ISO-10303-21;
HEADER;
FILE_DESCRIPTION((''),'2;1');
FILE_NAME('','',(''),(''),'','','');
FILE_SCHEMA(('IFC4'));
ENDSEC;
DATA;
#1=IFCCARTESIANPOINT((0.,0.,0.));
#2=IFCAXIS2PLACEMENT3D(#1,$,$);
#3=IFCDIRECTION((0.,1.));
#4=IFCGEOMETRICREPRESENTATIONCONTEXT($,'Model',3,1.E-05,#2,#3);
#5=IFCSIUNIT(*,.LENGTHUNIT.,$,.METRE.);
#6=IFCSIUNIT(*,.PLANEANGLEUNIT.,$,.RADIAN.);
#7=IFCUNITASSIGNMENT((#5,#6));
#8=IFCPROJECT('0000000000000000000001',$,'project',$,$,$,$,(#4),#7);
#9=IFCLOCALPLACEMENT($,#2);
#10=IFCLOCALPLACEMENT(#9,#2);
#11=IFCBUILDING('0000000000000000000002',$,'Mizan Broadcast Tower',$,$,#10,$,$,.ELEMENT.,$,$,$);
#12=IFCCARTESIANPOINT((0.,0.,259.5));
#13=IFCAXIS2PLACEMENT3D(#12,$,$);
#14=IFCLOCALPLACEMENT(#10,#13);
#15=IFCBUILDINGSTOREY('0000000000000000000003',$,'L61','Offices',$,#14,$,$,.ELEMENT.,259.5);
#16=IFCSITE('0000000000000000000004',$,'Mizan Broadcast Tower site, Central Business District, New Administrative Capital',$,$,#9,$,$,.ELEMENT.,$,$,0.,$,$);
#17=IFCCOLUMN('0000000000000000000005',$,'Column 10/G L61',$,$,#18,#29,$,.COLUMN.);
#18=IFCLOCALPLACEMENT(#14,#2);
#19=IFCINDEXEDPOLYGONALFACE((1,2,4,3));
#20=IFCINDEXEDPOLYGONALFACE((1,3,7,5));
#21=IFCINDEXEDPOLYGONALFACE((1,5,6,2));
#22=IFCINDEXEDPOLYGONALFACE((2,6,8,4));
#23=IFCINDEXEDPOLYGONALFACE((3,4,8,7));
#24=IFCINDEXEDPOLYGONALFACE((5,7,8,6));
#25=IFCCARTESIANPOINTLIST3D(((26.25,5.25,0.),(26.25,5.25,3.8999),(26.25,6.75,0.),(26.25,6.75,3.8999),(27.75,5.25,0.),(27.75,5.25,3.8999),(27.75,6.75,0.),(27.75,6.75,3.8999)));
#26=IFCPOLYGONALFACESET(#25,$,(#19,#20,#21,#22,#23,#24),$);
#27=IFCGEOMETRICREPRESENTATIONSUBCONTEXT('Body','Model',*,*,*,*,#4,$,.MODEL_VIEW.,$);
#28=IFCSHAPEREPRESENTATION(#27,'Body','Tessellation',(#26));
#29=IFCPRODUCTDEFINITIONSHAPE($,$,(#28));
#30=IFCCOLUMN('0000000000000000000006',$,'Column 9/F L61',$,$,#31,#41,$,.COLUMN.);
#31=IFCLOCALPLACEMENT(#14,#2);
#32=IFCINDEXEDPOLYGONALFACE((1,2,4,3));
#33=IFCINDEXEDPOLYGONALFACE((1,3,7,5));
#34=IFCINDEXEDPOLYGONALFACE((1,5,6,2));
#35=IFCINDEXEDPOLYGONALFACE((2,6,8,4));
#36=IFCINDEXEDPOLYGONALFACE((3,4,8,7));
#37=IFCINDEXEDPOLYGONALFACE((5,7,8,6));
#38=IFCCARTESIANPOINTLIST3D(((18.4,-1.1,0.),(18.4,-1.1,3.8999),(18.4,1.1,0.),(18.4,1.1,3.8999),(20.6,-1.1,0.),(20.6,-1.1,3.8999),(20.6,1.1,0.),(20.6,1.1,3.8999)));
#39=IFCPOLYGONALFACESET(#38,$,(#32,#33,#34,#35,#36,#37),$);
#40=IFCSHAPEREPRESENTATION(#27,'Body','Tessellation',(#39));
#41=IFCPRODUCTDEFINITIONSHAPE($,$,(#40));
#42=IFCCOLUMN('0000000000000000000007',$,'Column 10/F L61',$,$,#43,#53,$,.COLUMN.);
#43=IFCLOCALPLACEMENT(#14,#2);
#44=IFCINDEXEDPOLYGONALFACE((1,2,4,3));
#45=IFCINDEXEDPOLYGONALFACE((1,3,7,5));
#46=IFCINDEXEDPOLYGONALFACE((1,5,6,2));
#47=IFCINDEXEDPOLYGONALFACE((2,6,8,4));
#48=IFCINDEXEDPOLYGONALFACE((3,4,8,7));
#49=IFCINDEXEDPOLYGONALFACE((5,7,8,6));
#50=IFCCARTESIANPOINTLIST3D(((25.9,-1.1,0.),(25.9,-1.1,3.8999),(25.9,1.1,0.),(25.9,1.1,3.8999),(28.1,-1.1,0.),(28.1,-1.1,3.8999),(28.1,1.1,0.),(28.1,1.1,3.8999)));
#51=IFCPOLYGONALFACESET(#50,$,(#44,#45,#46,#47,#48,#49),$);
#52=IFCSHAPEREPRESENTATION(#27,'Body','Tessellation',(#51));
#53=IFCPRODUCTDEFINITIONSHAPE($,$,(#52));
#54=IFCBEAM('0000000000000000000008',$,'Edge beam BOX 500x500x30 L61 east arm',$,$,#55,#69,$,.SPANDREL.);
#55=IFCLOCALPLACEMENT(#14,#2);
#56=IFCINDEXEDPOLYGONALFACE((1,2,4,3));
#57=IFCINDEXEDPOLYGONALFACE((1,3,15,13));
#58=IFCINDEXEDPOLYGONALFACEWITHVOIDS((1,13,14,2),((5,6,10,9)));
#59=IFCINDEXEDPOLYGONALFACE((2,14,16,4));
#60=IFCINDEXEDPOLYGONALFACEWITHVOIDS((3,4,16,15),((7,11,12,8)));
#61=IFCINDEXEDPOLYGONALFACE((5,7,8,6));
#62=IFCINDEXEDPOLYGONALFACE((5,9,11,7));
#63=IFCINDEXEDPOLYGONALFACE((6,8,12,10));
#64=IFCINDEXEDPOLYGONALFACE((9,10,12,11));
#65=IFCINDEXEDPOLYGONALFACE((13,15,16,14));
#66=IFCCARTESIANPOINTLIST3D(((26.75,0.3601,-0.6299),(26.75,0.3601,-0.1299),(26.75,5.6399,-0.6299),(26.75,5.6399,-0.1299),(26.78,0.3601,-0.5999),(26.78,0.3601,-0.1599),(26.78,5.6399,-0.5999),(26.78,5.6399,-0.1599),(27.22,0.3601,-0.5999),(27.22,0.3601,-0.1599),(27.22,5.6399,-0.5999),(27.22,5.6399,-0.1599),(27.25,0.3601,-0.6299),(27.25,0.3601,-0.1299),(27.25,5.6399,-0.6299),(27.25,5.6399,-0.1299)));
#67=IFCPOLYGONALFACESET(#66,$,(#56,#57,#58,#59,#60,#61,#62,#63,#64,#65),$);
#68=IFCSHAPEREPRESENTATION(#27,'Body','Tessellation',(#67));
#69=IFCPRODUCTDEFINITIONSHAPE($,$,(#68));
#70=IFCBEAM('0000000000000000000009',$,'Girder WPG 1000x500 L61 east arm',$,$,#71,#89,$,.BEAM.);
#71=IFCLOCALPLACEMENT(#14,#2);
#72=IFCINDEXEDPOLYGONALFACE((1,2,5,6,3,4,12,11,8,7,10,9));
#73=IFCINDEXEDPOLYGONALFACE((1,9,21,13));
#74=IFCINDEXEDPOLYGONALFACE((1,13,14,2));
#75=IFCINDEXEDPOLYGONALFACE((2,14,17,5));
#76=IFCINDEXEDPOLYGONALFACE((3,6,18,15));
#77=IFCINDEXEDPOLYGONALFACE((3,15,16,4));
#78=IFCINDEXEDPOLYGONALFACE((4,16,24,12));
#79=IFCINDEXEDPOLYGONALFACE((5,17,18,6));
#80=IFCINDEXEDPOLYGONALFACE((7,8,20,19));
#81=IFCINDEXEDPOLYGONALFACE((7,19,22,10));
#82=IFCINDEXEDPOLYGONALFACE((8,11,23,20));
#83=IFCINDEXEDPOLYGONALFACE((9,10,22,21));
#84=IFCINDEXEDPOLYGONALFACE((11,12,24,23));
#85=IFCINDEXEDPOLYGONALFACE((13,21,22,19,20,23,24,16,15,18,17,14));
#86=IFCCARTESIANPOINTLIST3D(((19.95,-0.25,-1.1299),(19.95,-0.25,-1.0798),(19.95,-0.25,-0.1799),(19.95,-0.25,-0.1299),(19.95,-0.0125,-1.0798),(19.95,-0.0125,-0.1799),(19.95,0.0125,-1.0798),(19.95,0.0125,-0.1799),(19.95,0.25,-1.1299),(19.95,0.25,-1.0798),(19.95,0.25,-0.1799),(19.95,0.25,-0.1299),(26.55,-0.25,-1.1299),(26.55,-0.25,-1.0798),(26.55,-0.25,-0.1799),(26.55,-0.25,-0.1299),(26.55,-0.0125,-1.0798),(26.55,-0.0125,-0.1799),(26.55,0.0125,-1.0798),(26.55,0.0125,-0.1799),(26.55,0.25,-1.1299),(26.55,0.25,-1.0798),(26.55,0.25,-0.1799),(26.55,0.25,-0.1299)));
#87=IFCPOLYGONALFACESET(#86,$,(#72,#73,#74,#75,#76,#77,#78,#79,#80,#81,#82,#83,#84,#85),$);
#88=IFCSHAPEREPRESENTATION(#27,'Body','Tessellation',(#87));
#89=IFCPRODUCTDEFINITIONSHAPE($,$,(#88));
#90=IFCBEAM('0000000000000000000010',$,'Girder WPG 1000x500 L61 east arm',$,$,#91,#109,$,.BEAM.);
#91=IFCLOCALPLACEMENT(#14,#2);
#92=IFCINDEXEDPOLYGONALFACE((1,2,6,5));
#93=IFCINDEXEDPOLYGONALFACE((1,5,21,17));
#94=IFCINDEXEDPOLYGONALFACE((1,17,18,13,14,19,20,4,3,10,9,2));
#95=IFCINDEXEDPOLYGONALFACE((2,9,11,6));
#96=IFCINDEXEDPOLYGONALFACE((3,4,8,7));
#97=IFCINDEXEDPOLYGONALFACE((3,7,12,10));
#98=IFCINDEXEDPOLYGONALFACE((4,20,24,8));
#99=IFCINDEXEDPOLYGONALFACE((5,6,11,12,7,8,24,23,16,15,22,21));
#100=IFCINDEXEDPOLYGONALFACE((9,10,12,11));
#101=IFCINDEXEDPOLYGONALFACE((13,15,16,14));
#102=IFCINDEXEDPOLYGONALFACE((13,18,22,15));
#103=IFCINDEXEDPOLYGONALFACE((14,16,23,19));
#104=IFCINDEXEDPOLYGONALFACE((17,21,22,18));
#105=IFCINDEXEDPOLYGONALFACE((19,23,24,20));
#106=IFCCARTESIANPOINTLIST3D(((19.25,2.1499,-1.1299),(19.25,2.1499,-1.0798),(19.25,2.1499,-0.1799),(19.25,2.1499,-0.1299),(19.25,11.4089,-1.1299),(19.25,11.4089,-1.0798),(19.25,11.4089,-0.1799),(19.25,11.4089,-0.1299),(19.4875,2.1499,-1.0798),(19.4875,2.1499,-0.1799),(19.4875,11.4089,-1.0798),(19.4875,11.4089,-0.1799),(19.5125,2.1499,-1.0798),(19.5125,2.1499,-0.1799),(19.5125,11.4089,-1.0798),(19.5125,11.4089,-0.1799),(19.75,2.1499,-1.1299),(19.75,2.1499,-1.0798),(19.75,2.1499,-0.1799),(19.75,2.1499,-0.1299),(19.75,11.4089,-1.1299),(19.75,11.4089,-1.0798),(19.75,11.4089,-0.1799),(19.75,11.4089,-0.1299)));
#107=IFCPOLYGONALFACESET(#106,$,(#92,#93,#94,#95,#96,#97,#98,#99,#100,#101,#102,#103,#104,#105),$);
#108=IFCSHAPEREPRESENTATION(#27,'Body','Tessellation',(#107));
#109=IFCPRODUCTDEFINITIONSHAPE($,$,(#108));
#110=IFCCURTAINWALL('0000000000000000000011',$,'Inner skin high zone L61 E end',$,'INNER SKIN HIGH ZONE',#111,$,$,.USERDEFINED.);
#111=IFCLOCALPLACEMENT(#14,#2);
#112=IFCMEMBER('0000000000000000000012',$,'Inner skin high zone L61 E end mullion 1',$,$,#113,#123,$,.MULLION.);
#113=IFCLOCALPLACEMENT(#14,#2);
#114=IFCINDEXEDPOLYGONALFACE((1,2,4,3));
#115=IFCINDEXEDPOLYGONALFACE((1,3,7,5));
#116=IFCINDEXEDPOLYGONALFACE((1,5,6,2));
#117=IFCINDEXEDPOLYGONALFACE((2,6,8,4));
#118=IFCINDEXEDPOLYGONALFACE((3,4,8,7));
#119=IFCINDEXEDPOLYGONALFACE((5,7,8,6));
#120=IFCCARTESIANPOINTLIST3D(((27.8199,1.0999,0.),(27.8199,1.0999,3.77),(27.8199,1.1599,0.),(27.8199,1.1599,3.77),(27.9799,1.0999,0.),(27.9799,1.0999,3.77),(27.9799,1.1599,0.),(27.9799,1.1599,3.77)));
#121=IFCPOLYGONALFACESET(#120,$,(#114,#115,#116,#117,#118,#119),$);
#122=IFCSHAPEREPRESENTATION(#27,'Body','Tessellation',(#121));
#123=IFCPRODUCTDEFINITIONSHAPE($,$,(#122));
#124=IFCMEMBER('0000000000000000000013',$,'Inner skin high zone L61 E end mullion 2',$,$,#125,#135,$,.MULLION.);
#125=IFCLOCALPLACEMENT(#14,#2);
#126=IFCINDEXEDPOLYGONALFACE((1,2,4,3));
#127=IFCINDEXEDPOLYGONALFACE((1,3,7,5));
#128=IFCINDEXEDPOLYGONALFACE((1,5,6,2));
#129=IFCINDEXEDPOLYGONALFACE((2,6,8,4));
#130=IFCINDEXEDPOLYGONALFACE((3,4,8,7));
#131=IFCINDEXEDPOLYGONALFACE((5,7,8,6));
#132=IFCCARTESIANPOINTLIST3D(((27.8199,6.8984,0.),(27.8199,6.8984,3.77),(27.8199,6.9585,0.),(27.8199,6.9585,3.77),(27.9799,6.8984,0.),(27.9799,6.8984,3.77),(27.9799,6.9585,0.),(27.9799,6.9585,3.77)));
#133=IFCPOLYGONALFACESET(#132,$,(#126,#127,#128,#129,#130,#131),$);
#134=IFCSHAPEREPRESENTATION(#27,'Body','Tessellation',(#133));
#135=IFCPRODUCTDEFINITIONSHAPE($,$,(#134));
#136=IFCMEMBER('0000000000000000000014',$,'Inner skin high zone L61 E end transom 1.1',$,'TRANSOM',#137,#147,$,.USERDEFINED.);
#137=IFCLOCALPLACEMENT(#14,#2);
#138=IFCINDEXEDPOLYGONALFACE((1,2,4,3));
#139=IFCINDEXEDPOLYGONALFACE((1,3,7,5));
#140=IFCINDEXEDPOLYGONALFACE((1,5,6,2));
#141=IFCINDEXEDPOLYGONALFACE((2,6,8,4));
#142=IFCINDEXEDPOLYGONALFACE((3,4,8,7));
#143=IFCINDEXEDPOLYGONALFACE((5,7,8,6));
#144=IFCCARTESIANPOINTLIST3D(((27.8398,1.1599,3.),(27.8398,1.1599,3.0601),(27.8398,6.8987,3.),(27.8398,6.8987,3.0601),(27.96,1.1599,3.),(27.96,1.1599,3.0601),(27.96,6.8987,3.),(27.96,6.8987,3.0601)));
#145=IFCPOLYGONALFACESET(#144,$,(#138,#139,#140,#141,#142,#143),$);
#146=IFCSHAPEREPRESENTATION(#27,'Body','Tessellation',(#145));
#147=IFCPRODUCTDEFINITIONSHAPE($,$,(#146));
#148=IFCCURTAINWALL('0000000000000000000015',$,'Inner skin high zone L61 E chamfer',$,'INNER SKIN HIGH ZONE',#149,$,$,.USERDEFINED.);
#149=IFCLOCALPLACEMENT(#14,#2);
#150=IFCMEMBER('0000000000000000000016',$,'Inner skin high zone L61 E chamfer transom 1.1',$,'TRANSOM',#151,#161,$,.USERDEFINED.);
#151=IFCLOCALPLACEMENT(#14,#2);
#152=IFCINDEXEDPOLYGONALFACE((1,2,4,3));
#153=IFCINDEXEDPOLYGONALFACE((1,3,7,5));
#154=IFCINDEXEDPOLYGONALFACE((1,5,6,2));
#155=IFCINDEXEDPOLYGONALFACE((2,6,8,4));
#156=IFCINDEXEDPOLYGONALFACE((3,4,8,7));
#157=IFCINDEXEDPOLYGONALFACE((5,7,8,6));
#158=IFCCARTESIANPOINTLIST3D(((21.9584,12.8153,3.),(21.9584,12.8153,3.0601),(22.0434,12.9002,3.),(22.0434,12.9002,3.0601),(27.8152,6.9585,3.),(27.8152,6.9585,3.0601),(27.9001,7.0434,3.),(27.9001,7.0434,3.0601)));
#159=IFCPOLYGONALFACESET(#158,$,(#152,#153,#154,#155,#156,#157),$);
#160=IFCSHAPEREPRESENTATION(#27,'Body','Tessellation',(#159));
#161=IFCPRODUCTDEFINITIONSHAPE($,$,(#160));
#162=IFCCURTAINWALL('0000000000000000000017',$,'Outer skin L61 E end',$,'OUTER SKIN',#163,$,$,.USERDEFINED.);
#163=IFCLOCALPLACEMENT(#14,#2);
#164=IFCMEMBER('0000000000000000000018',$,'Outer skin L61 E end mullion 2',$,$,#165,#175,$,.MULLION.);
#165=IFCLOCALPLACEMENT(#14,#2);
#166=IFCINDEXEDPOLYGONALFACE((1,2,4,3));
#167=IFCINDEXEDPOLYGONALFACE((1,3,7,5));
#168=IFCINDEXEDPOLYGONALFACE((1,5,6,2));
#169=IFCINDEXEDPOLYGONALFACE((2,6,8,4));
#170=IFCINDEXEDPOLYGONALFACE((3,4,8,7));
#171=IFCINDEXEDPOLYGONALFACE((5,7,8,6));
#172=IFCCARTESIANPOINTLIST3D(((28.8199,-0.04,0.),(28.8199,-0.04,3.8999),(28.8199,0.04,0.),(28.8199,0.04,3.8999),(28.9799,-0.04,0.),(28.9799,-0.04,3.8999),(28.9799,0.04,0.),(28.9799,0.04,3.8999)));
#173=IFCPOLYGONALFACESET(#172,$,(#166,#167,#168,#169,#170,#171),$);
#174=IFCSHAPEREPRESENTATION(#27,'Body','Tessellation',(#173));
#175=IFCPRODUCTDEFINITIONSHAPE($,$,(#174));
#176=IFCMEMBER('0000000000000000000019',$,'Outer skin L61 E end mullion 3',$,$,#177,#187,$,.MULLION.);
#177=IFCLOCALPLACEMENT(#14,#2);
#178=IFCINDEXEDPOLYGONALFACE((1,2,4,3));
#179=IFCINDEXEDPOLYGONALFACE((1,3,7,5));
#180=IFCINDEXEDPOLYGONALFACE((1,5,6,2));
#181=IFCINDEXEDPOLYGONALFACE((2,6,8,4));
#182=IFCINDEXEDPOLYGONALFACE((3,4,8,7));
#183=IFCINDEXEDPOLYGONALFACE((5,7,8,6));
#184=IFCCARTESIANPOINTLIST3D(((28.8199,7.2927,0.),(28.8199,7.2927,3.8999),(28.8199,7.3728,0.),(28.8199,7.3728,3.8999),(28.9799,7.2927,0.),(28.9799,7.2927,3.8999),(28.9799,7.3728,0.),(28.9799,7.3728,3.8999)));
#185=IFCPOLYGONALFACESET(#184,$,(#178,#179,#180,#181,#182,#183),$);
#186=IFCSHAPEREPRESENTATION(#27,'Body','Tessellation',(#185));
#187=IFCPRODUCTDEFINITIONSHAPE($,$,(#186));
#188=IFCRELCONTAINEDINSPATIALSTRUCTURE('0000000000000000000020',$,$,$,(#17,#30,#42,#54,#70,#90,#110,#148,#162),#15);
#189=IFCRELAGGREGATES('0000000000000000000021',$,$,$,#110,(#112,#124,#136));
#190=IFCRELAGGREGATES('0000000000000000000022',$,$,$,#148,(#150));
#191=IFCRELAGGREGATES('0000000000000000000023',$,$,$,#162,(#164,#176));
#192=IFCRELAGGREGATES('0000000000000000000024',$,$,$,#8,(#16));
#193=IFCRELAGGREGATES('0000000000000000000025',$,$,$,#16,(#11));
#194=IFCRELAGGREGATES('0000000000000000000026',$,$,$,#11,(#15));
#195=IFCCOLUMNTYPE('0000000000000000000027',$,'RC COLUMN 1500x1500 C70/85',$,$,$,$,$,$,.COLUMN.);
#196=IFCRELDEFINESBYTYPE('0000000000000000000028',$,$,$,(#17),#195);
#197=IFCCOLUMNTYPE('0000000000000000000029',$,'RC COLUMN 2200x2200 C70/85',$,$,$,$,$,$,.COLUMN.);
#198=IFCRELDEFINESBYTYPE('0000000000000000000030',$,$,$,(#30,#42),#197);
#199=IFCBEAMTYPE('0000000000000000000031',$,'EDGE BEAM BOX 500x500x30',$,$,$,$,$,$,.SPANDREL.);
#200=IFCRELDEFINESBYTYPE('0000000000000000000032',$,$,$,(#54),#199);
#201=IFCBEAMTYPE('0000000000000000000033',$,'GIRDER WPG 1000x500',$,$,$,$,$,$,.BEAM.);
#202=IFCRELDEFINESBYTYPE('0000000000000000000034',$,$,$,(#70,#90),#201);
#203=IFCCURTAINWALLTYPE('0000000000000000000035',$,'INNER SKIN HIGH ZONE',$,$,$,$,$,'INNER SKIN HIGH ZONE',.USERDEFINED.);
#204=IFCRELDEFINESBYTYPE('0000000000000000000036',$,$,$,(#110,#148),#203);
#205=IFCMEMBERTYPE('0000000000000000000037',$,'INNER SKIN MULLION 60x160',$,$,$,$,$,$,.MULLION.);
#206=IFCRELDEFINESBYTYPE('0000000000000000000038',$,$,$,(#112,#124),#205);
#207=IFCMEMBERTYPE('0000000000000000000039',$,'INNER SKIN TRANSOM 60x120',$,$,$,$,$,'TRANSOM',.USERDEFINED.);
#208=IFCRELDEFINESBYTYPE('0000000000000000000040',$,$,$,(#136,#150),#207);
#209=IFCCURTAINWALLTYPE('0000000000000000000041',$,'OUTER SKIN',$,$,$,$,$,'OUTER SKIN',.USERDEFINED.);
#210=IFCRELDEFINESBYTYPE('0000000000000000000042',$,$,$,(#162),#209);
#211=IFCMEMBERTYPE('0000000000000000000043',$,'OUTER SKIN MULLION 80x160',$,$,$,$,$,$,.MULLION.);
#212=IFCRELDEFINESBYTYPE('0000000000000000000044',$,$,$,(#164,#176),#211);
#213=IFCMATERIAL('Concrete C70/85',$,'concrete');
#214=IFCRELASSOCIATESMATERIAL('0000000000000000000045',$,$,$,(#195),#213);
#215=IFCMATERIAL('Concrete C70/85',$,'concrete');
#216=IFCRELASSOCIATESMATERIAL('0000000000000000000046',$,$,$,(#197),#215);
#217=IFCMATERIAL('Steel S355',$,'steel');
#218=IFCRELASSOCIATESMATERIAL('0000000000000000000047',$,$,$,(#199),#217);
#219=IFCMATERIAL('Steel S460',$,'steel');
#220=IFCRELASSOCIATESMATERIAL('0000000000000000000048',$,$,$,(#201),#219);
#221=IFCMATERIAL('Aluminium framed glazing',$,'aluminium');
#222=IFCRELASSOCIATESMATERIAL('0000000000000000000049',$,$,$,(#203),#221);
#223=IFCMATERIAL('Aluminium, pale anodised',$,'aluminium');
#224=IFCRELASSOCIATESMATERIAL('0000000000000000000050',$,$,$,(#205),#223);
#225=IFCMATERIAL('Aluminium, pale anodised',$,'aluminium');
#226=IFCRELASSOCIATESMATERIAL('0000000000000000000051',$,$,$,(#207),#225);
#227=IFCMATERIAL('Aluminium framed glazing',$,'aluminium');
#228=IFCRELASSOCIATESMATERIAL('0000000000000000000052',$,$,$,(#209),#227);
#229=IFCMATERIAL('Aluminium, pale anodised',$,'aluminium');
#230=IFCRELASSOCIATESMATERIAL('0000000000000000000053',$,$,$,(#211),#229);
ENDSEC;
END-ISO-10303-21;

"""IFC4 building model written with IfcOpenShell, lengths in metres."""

from ifc_helpers import new_model, si_unit, direction, frame, origin, origin_2d, place, context, subcontext, project, spatial, rectangle, hollow_rectangle, i_section, extrude, material, material_profile, profile_set, type_object, element, aggregate, save


model = new_model("IFC4")

# Units and contexts
model_context = context("Model", 3, precision=1e-05, world=origin(), true_north=direction((0.0, 1.0)))
body_context = subcontext(model_context, "Body", "Model", "MODEL_VIEW")
ifc_project = project(units=[si_unit("LENGTHUNIT", "METRE"), si_unit("PLANEANGLEUNIT", "RADIAN")], contexts=[model_context])

# Site, building, storey
site_placement = place(None, origin())
site = spatial("IfcSite", under=ifc_project, at=site_placement, Name="Mizan Broadcast Tower site, Central Business District, New Administrative Capital", CompositionType="ELEMENT", RefElevation=0.0)
building_placement = place(site_placement, origin())
building = spatial("IfcBuilding", under=site, at=building_placement, Name="Mizan Broadcast Tower", CompositionType="ELEMENT")
storey_placement = place(building_placement, frame((0.0, 0.0, 259.5)))
storey = spatial("IfcBuildingStorey", under=building, at=storey_placement, Name="L61", Description="Offices", CompositionType="ELEMENT", Elevation=259.5)

# Columns
ifc_material_1 = material(Name="Concrete C70/85", Category="concrete")
ifc_material_profile_1 = material_profile(ifc_material_1, rectangle(XDim=1.5, YDim=1.5, at=origin_2d()), Name="RC 1500x1500")
ifc_profile_set_1 = profile_set([ifc_material_profile_1], Name="Concrete C70/85")
column_type_1 = type_object("IfcColumnType", Name="RC COLUMN 1500x1500 C70/85", PredefinedType="COLUMN", material=ifc_profile_set_1)
column_placement = place(storey_placement, frame((27.0, 6.0, 0.0), z_axis=(0.0, 0.0, 1.0), x_axis=(1.0, 0.0, 0.0)))
element("IfcColumn", 1, at=column_placement, inside=storey, type_object=column_type_1, Name="Column 10/G L61", PredefinedType="COLUMN", context=body_context, shape_type="SweptSolid", body=[
    extrude(rectangle(XDim=1.5, YDim=1.5, at=origin_2d()), origin(), (0.0, 0.0, 1.0), 3.8999),
])
ifc_material_2 = material(Name="Concrete C70/85", Category="concrete")
ifc_material_profile_2 = material_profile(ifc_material_2, rectangle(XDim=2.2, YDim=2.2, at=origin_2d()), Name="RC 2200x2200")
ifc_profile_set_2 = profile_set([ifc_material_profile_2], Name="Concrete C70/85")
column_type_2 = type_object("IfcColumnType", Name="RC COLUMN 2200x2200 C70/85", PredefinedType="COLUMN", material=ifc_profile_set_2)
for number, where, z_axis, x_axis, name in (
    (2, (19.5, 0.0, 0.0), (0.0, 0.0, 1.0), (1.0, 0.0, 0.0), "Column 9/F L61"),
    (3, (27.0, 0.0, 0.0), (0.0, 0.0, 1.0), (1.0, 0.0, 0.0), "Column 10/F L61"),
):
    element("IfcColumn", number, at=place(storey_placement, frame(where, z_axis=z_axis, x_axis=x_axis)), inside=storey, type_object=column_type_2, Name=name, PredefinedType="COLUMN", context=body_context, shape_type="SweptSolid", body=[
        extrude(rectangle(XDim=2.2, YDim=2.2, at=origin_2d()), origin(), (0.0, 0.0, 1.0), 3.8999),
    ])

# Beams
ifc_material_3 = material(Name="Steel S355", Category="steel")
ifc_material_profile_3 = material_profile(ifc_material_3, hollow_rectangle(XDim=0.5, YDim=0.5, WallThickness=0.03, at=origin_2d()), Name="BOX 500x500x30")
ifc_profile_set_3 = profile_set([ifc_material_profile_3], Name="Steel S355")
beam_type_1 = type_object("IfcBeamType", Name="EDGE BEAM BOX 500x500x30", PredefinedType="SPANDREL", material=ifc_profile_set_3)
beam_1_placement = place(storey_placement, frame((27.0, 5.6399, -0.3799), z_axis=(0.0, -1.0, 0.0), x_axis=(1.0, 0.0, 0.0)))
element("IfcBeam", 4, at=beam_1_placement, inside=storey, type_object=beam_type_1, Name="Edge beam BOX 500x500x30 L61 east arm", PredefinedType="SPANDREL", context=body_context, shape_type="SweptSolid", body=[
    extrude(hollow_rectangle(XDim=0.5, YDim=0.5, WallThickness=0.03, at=origin_2d()), origin(), (0.0, 0.0, 1.0), 5.2798),
])
ifc_material_4 = material(Name="Steel S460", Category="steel")
ifc_material_profile_4 = material_profile(ifc_material_4, i_section(OverallWidth=0.5, OverallDepth=1.0, WebThickness=0.0249, FlangeThickness=0.05, at=origin_2d()), Name="WPG 1000x500")
ifc_profile_set_4 = profile_set([ifc_material_profile_4], Name="Steel S460")
beam_type_2 = type_object("IfcBeamType", Name="GIRDER WPG 1000x500", PredefinedType="BEAM", material=ifc_profile_set_4)
beam_2_placement = place(storey_placement, frame((19.95, 0.0, -0.6299), z_axis=(1.0, 0.0, 0.0), x_axis=(0.0, 1.0, 0.0)))
element("IfcBeam", 5, at=beam_2_placement, inside=storey, type_object=beam_type_2, Name="Girder WPG 1000x500 L61 east arm", PredefinedType="BEAM", context=body_context, shape_type="SweptSolid", body=[
    extrude(i_section(OverallWidth=0.5, OverallDepth=1.0, WebThickness=0.0249, FlangeThickness=0.05, at=origin_2d()), origin(), (0.0, 0.0, 1.0), 6.6001),
])
beam_3_placement = place(storey_placement, frame((19.5, 11.4089, -0.6299), z_axis=(0.0, -1.0, 0.0), x_axis=(1.0, 0.0, 0.0)))
element("IfcBeam", 6, at=beam_3_placement, inside=storey, type_object=beam_type_2, Name="Girder WPG 1000x500 L61 east arm", PredefinedType="BEAM", context=body_context, shape_type="SweptSolid", body=[
    extrude(i_section(OverallWidth=0.5, OverallDepth=1.0, WebThickness=0.0249, FlangeThickness=0.05, at=origin_2d()), origin(), (0.0, 0.0, 1.0), 9.259),
])

# Curtain wall, members
ifc_material_5 = material(Name="Aluminium framed glazing", Category="aluminium")
curtain_wall_type_1 = type_object("IfcCurtainWallType", Name="INNER SKIN HIGH ZONE", ElementType="INNER SKIN HIGH ZONE", PredefinedType="USERDEFINED", material=ifc_material_5)
curtain_wall_1_placement = place(storey_placement, origin())
curtain_wall_1 = element("IfcCurtainWall", 7, at=curtain_wall_1_placement, inside=storey, type_object=curtain_wall_type_1, Name="Inner skin high zone L61 E end", ObjectType="INNER SKIN HIGH ZONE", PredefinedType="USERDEFINED")
ifc_material_6 = material(Name="Aluminium, pale anodised", Category="aluminium")
ifc_material_profile_5 = material_profile(ifc_material_6, rectangle(XDim=0.1599, YDim=0.0601, at=origin_2d()), Name="MULLION 160x60")
ifc_profile_set_5 = profile_set([ifc_material_profile_5], Name="Aluminium, pale anodised")
member_type_1 = type_object("IfcMemberType", Name="INNER SKIN MULLION 60x160", PredefinedType="MULLION", material=ifc_profile_set_5)
member_1_placement = place(storey_placement, frame((27.8999, 1.1299, 0.0), z_axis=(0.0, 0.0, 1.0), x_axis=(-1.0, 0.0, 0.0)))
member_1 = element("IfcMember", 8, at=member_1_placement, type_object=member_type_1, Name="Inner skin high zone L61 E end mullion 1", PredefinedType="MULLION", context=body_context, shape_type="SweptSolid", body=[
    extrude(rectangle(XDim=0.1599, YDim=0.0601, at=origin_2d()), origin(), (0.0, 0.0, 1.0), 3.77),
])
member_2_placement = place(storey_placement, frame((27.8999, 6.9285, 0.0), z_axis=(0.0, 0.0, 1.0), x_axis=(-1.0, 0.0, 0.0)))
member_2 = element("IfcMember", 9, at=member_2_placement, type_object=member_type_1, Name="Inner skin high zone L61 E end mullion 2", PredefinedType="MULLION", context=body_context, shape_type="SweptSolid", body=[
    extrude(rectangle(XDim=0.1599, YDim=0.0601, at=origin_2d()), origin(), (0.0, 0.0, 1.0), 3.77),
])
ifc_material_7 = material(Name="Aluminium, pale anodised", Category="aluminium")
ifc_material_profile_6 = material_profile(ifc_material_7, rectangle(XDim=0.1201, YDim=0.0601, at=origin_2d()), Name="TRANSOM 120x60")
ifc_profile_set_6 = profile_set([ifc_material_profile_6], Name="Aluminium, pale anodised")
member_type_2 = type_object("IfcMemberType", Name="INNER SKIN TRANSOM 60x120", ElementType="TRANSOM", PredefinedType="USERDEFINED", material=ifc_profile_set_6)
member_3_placement = place(storey_placement, frame((27.8999, 1.1599, 3.03), z_axis=(0.0, 1.0, 0.0), x_axis=(-1.0, 0.0, 0.0)))
member_3 = element("IfcMember", 10, at=member_3_placement, type_object=member_type_2, Name="Inner skin high zone L61 E end transom 1.1", ObjectType="TRANSOM", PredefinedType="USERDEFINED", context=body_context, shape_type="SweptSolid", body=[
    extrude(rectangle(XDim=0.1201, YDim=0.0601, at=origin_2d()), origin(), (0.0, 0.0, 1.0), 5.7388),
])

# Curtain wall, member
curtain_wall_2_placement = place(storey_placement, origin())
curtain_wall_2 = element("IfcCurtainWall", 11, at=curtain_wall_2_placement, inside=storey, type_object=curtain_wall_type_1, Name="Inner skin high zone L61 E chamfer", ObjectType="INNER SKIN HIGH ZONE", PredefinedType="USERDEFINED")
member_4_placement = place(storey_placement, frame((27.8577, 7.001, 3.03), z_axis=(-0.707107, 0.707107, 0.0), x_axis=(-0.707107, -0.707107, 0.0)))
member_4 = element("IfcMember", 12, at=member_4_placement, type_object=member_type_2, Name="Inner skin high zone L61 E chamfer transom 1.1", ObjectType="TRANSOM", PredefinedType="USERDEFINED", context=body_context, shape_type="SweptSolid", body=[
    extrude(rectangle(XDim=0.1201, YDim=0.0601, at=origin_2d()), origin(), (0.0, 0.0, 1.0), 8.2827),
])

# Curtain wall, members
ifc_material_8 = material(Name="Aluminium framed glazing", Category="aluminium")
curtain_wall_type_2 = type_object("IfcCurtainWallType", Name="OUTER SKIN", ElementType="OUTER SKIN", PredefinedType="USERDEFINED", material=ifc_material_8)
curtain_wall_3_placement = place(storey_placement, origin())
curtain_wall_3 = element("IfcCurtainWall", 13, at=curtain_wall_3_placement, inside=storey, type_object=curtain_wall_type_2, Name="Outer skin L61 E end", ObjectType="OUTER SKIN", PredefinedType="USERDEFINED")
ifc_material_9 = material(Name="Aluminium, pale anodised", Category="aluminium")
ifc_material_profile_7 = material_profile(ifc_material_9, rectangle(XDim=0.1599, YDim=0.0801, at=origin_2d()), Name="MULLION 160x80")
ifc_profile_set_7 = profile_set([ifc_material_profile_7], Name="Aluminium, pale anodised")
member_type_3 = type_object("IfcMemberType", Name="OUTER SKIN MULLION 80x160", PredefinedType="MULLION", material=ifc_profile_set_7)
member_5_placement = place(storey_placement, frame((28.8999, 0.0, 0.0), z_axis=(0.0, 0.0, 1.0), x_axis=(-1.0, 0.0, 0.0)))
member_5 = element("IfcMember", 14, at=member_5_placement, type_object=member_type_3, Name="Outer skin L61 E end mullion 2", PredefinedType="MULLION", context=body_context, shape_type="SweptSolid", body=[
    extrude(rectangle(XDim=0.1599, YDim=0.0801, at=origin_2d()), origin(), (0.0, 0.0, 1.0), 3.8999),
])
member_6_placement = place(storey_placement, frame((28.8999, 7.3328, 0.0), z_axis=(0.0, 0.0, 1.0), x_axis=(-1.0, 0.0, 0.0)))
member_6 = element("IfcMember", 15, at=member_6_placement, type_object=member_type_3, Name="Outer skin L61 E end mullion 3", PredefinedType="MULLION", context=body_context, shape_type="SweptSolid", body=[
    extrude(rectangle(XDim=0.1599, YDim=0.0801, at=origin_2d()), origin(), (0.0, 0.0, 1.0), 3.8999),
])

aggregate(curtain_wall_1, [member_1, member_2, member_3])
aggregate(curtain_wall_2, [member_4])
aggregate(curtain_wall_3, [member_5, member_6])

save(model, "model.ifc")
